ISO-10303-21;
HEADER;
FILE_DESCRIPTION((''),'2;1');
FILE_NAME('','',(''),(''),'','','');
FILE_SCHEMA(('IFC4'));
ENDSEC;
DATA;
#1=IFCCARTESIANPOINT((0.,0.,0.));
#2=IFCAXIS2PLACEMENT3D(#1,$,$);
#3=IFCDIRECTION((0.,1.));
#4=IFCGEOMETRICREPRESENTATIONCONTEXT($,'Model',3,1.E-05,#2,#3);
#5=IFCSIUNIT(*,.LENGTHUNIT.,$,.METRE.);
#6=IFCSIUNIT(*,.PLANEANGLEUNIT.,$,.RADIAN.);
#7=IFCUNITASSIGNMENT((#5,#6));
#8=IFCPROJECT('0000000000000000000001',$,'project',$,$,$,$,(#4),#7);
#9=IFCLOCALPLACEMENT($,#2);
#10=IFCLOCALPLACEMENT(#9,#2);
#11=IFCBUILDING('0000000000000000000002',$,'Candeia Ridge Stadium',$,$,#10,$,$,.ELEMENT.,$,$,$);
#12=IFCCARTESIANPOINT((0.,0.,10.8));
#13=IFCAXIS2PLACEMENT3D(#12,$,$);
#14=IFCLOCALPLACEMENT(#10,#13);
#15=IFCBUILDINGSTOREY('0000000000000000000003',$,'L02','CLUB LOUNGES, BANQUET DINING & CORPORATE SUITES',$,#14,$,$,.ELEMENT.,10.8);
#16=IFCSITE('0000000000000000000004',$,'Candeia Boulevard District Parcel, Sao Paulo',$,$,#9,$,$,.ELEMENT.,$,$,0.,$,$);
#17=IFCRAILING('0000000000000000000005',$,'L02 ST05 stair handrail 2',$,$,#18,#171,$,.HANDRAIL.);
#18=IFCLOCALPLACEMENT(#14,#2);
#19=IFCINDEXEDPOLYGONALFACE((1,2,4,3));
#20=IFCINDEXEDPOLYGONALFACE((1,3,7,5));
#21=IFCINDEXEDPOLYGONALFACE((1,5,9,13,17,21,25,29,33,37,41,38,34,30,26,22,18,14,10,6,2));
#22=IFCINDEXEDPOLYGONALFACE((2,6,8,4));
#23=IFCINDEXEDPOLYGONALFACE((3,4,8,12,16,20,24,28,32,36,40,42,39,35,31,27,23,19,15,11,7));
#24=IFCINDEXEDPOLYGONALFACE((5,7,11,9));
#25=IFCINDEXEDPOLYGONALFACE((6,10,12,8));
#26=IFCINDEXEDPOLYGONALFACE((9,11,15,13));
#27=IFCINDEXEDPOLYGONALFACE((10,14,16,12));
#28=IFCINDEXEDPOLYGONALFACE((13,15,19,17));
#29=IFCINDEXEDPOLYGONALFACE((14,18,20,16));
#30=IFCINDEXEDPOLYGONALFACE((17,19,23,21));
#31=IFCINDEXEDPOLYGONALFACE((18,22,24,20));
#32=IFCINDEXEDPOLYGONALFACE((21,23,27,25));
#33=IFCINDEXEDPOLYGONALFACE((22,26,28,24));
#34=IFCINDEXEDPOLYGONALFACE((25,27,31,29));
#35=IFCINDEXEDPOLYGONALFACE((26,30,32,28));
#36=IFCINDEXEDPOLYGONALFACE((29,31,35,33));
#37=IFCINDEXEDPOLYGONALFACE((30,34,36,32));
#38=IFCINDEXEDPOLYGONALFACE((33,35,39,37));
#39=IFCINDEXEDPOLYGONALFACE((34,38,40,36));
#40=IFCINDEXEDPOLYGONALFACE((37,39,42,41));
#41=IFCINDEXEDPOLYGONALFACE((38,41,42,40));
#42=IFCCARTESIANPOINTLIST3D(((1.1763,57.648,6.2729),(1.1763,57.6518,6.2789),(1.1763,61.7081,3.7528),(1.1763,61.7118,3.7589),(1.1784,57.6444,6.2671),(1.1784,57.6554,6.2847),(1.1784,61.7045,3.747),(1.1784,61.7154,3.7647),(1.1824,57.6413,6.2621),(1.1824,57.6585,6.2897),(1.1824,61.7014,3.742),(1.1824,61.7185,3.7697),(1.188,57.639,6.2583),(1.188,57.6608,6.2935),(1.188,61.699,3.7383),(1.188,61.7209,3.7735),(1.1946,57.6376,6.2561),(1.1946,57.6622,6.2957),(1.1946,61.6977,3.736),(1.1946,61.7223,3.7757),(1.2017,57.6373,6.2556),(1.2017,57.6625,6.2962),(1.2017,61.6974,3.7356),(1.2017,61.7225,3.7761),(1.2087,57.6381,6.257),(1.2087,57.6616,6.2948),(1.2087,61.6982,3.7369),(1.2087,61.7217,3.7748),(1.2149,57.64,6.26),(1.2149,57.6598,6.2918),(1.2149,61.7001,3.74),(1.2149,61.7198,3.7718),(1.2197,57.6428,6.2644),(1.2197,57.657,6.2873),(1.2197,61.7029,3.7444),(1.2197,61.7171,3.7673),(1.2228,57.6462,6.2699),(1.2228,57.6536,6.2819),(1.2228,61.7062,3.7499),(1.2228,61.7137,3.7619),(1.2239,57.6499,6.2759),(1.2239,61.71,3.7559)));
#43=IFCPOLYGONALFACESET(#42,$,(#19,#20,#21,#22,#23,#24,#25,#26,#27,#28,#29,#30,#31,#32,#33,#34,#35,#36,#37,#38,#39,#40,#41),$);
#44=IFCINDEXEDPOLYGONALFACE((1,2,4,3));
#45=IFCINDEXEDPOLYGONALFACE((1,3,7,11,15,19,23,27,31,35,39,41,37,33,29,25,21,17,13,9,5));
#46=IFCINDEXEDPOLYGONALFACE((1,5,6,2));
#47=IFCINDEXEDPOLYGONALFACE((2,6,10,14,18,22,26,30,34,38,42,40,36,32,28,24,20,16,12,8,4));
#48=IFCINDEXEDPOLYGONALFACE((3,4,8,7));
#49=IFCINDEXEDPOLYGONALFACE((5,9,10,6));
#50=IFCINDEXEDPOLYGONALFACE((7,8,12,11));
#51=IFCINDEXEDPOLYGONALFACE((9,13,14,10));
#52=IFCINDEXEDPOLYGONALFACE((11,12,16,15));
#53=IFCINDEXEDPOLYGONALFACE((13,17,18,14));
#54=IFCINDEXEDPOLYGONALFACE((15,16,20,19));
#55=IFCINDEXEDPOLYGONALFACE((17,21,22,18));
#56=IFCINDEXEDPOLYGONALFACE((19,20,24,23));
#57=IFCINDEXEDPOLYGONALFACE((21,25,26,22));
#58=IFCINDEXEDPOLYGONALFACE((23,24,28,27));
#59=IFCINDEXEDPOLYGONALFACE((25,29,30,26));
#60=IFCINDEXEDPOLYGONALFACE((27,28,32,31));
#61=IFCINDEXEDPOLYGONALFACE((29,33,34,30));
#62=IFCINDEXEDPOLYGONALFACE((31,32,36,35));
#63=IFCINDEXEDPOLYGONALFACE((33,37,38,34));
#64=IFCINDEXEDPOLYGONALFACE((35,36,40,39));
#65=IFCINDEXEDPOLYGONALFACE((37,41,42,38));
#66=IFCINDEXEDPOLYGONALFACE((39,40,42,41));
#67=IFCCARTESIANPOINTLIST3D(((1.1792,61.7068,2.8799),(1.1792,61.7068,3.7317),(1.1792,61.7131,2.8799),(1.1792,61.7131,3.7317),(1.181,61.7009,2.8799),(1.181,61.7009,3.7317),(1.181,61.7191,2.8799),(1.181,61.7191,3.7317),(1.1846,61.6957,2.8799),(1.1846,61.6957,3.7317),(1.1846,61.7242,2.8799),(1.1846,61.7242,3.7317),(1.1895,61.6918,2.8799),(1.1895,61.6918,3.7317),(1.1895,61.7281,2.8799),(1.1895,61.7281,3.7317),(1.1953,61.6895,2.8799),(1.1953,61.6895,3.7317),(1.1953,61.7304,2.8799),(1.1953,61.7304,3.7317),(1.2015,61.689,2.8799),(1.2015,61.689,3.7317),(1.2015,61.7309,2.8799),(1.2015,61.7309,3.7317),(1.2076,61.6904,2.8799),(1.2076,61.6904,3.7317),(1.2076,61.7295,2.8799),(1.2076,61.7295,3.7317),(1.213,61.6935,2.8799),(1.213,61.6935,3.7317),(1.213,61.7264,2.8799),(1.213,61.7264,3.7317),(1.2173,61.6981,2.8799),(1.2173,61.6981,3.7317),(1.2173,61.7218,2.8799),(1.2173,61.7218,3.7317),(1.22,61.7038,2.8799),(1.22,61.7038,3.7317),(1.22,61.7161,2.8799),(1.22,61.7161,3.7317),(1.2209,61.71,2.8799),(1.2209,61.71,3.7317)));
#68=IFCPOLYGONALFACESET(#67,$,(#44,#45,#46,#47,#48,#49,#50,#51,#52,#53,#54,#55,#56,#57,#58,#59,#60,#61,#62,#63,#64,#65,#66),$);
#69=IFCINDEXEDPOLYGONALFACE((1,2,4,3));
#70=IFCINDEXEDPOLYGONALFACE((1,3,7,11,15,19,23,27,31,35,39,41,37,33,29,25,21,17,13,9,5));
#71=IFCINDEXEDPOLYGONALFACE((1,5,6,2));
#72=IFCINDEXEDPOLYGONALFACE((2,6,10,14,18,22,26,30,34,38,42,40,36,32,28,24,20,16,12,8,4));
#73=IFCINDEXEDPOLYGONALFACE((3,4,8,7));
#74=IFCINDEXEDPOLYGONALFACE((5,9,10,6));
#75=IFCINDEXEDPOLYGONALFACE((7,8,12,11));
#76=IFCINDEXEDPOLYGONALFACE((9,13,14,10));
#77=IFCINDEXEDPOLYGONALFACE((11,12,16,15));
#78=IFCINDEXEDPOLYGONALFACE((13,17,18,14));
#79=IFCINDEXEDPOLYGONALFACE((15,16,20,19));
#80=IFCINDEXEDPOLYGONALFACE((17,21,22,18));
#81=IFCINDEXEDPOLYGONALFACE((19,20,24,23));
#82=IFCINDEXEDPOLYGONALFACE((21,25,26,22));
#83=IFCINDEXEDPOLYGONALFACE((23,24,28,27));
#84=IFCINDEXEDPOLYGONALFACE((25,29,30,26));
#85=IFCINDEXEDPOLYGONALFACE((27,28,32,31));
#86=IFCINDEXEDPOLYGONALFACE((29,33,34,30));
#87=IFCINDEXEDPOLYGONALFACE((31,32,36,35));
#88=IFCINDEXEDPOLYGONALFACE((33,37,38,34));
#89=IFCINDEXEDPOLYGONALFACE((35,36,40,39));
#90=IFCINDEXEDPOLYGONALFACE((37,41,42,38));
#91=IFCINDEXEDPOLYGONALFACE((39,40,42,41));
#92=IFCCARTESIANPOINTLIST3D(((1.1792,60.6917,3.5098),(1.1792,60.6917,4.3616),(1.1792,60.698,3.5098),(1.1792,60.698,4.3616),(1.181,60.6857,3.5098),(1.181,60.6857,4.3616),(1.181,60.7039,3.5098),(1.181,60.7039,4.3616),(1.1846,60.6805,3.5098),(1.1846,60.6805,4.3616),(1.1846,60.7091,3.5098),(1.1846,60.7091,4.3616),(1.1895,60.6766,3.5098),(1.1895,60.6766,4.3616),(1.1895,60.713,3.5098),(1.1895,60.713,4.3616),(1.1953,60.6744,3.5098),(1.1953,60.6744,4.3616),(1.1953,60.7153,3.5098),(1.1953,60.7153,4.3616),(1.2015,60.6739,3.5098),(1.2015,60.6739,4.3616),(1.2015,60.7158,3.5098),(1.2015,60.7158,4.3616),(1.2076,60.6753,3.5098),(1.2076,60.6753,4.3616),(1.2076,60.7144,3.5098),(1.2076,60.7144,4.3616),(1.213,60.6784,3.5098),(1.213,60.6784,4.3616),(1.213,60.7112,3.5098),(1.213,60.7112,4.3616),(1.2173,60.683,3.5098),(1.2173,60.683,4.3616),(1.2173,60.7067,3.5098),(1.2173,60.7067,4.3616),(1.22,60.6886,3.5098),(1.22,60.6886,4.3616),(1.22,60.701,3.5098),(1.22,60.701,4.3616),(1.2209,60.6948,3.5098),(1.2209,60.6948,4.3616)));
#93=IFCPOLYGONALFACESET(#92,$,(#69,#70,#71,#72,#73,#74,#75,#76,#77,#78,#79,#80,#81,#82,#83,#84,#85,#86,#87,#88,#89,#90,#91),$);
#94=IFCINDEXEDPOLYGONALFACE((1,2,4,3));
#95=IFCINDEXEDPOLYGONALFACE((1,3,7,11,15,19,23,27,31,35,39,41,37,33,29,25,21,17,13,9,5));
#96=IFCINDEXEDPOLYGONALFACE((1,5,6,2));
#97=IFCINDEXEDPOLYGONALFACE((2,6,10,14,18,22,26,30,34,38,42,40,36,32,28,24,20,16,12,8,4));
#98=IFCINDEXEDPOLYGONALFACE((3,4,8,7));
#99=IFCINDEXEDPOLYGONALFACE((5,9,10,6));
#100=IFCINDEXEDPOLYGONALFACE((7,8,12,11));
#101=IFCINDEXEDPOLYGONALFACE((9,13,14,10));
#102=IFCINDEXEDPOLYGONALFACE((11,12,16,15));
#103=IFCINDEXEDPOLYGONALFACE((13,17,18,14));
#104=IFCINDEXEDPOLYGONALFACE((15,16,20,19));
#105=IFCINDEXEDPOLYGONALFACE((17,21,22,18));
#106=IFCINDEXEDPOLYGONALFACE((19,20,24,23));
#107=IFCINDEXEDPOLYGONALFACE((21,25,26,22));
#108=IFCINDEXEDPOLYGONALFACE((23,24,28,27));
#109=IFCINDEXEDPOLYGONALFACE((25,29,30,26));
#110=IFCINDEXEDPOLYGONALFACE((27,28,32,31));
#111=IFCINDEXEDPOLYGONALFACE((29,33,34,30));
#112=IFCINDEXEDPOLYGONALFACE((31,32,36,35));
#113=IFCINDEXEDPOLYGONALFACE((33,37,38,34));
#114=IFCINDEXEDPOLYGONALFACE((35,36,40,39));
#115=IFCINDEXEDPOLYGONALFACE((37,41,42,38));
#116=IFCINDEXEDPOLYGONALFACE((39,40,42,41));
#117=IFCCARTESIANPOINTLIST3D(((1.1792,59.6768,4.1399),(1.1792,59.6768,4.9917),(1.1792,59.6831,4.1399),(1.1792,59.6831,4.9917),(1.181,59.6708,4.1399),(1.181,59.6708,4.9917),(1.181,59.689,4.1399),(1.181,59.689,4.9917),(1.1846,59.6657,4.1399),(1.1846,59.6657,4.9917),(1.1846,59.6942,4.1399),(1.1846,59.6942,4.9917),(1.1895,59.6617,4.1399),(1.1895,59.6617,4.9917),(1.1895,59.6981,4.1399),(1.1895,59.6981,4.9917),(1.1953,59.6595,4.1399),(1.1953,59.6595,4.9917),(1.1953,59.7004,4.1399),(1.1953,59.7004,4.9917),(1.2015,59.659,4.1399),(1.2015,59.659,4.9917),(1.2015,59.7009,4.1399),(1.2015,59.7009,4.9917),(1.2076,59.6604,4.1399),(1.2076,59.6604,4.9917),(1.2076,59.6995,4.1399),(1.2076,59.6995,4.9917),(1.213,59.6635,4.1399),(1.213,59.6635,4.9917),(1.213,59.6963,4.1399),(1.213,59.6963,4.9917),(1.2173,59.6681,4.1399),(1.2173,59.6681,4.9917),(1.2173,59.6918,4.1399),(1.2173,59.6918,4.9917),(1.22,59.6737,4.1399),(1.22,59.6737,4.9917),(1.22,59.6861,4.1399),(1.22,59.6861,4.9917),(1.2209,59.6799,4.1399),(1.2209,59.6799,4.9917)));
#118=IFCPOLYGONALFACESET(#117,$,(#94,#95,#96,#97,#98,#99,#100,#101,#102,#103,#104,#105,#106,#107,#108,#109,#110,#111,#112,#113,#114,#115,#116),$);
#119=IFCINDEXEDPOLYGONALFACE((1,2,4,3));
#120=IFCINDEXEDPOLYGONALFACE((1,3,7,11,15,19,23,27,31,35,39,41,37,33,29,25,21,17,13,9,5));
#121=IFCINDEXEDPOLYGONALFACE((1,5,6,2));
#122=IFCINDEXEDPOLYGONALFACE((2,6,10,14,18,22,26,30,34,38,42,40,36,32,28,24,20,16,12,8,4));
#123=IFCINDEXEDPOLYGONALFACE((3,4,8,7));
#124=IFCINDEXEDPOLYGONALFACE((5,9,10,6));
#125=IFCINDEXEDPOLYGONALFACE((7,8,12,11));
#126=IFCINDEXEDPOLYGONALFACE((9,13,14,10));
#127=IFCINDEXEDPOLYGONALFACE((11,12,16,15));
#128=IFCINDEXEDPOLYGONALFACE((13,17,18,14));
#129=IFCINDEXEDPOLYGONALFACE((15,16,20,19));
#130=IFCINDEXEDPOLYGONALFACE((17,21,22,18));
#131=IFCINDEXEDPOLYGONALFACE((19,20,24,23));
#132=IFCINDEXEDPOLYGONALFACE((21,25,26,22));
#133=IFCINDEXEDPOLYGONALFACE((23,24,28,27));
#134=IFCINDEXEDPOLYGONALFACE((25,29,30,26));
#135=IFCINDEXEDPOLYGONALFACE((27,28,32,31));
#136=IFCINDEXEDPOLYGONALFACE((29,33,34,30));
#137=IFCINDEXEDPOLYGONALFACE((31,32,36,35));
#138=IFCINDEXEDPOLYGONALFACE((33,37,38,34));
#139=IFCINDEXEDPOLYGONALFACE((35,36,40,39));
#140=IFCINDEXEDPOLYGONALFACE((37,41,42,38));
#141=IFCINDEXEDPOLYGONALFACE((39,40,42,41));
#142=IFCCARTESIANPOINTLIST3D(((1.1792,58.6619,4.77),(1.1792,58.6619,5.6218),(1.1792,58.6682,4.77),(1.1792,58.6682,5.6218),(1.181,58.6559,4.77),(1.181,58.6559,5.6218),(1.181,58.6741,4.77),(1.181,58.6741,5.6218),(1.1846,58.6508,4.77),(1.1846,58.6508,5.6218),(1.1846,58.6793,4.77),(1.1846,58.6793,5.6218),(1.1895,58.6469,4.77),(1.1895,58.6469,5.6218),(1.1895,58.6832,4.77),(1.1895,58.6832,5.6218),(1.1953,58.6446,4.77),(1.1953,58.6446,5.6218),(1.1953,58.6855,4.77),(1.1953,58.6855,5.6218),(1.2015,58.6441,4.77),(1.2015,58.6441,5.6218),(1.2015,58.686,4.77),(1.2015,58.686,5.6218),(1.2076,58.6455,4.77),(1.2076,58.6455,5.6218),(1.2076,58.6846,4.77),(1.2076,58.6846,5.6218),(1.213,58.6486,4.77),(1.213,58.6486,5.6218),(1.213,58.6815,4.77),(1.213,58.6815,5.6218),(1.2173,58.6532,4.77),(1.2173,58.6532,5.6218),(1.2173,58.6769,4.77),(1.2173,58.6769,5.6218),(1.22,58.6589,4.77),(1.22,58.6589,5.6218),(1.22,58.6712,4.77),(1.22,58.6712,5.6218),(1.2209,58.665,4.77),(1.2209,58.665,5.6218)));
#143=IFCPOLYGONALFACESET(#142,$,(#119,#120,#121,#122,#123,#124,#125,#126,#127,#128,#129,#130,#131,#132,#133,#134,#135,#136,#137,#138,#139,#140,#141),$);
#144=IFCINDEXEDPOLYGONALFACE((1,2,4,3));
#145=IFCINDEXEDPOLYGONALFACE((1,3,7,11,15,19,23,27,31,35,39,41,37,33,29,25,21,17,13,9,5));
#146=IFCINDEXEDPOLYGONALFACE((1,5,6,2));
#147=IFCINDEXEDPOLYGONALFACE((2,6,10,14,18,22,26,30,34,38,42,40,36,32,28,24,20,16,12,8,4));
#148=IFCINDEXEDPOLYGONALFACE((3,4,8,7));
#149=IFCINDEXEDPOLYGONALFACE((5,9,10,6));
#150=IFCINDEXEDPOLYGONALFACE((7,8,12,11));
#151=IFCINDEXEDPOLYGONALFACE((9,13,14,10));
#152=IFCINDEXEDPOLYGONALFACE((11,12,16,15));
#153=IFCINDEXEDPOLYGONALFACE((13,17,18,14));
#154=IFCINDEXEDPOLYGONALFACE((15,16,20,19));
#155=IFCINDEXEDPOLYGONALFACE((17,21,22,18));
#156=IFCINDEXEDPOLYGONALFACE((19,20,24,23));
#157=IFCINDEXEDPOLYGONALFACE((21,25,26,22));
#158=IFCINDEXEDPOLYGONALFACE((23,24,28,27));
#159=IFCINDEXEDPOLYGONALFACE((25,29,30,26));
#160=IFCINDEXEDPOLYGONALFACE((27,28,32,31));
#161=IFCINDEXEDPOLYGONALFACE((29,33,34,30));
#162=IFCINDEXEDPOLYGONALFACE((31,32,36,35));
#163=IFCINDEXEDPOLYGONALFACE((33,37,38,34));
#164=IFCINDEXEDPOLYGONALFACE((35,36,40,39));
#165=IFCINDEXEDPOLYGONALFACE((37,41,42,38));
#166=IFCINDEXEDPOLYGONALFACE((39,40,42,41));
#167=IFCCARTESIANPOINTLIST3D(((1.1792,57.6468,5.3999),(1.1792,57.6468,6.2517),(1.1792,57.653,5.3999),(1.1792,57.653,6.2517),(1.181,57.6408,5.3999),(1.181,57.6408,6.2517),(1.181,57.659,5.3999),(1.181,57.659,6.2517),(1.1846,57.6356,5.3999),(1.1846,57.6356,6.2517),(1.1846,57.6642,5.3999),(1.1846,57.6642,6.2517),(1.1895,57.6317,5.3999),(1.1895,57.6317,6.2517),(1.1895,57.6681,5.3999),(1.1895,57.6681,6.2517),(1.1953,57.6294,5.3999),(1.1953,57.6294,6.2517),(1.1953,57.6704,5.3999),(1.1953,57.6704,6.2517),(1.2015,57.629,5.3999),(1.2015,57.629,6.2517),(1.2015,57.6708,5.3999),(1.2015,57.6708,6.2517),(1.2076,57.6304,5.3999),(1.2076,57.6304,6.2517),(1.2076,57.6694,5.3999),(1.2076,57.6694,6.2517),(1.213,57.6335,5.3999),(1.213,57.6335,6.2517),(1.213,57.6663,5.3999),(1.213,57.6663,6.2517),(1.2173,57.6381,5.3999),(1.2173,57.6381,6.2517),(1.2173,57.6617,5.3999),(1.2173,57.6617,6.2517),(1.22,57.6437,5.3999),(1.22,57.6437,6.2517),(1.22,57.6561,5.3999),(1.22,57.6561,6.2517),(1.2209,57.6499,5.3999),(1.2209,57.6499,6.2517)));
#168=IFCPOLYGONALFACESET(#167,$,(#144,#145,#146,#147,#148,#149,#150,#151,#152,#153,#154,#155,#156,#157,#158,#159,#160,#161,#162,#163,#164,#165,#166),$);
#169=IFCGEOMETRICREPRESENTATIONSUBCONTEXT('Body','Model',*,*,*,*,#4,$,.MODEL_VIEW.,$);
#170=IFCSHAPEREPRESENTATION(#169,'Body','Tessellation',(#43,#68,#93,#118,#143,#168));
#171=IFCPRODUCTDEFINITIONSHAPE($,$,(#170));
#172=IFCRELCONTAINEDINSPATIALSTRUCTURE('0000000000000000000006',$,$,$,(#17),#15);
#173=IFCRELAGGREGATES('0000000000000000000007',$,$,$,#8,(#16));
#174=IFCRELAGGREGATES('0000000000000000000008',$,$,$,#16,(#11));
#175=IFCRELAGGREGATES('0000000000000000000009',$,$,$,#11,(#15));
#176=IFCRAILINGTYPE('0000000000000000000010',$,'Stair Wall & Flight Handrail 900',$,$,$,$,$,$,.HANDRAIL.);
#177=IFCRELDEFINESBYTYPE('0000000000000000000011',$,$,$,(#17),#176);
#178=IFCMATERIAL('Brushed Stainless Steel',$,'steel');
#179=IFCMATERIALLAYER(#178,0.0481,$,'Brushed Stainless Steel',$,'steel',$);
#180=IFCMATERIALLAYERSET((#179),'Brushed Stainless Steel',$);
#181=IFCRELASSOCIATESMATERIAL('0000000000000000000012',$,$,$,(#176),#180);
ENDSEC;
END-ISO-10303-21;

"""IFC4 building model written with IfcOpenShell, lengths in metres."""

from ifc_helpers import new_model, si_unit, direction, frame, origin, origin_2d, place, context, subcontext, project, spatial, circle, extrude, material, layer, layer_set, type_object, element, save


model = new_model("IFC4")

# Units and contexts
model_context = context("Model", 3, precision=1e-05, world=origin(), true_north=direction((0.0, 1.0)))
body_context = subcontext(model_context, "Body", "Model", "MODEL_VIEW")
ifc_project = project(units=[si_unit("LENGTHUNIT", "METRE"), si_unit("PLANEANGLEUNIT", "RADIAN")], contexts=[model_context])

# Site, building, storey
site_placement = place(None, origin())
site = spatial("IfcSite", under=ifc_project, at=site_placement, Name="Candeia Boulevard District Parcel, Sao Paulo", CompositionType="ELEMENT", RefElevation=0.0)
building_placement = place(site_placement, origin())
building = spatial("IfcBuilding", under=site, at=building_placement, Name="Candeia Ridge Stadium", CompositionType="ELEMENT")
storey_placement = place(building_placement, frame((0.0, 0.0, 10.8)))
storey = spatial("IfcBuildingStorey", under=building, at=storey_placement, Name="L02", Description="CLUB LOUNGES, BANQUET DINING & CORPORATE SUITES", CompositionType="ELEMENT", Elevation=10.8)

# Railing
ifc_material_1 = material(Name="Brushed Stainless Steel", Category="steel")
ifc_layer_1 = layer(ifc_material_1, 0.0481, Name="Brushed Stainless Steel", Category="steel")
ifc_layer_set_1 = layer_set([ifc_layer_1], Name="Brushed Stainless Steel")
railing_type_1 = type_object("IfcRailingType", Name="Stair Wall & Flight Handrail 900", PredefinedType="HANDRAIL", material=ifc_layer_set_1)
railing_1_placement = place(storey_placement, frame((1.2, 61.71, 2.8799)))
element("IfcRailing", 1, at=railing_1_placement, inside=storey, type_object=railing_type_1, Name="L02 ST05 stair handrail 2", PredefinedType="HANDRAIL", context=body_context, shape_type="SweptSolid", body=[
    extrude(circle(Radius=0.0239, at=origin_2d()), frame((0.0, 0.0, 0.876), z_axis=(0.0, -0.849642, 0.52736), x_axis=(1.0, 0.0, 0.0)), (0.0, 0.0, 1.0), 4.7786),
    extrude(circle(Radius=0.021, at=origin_2d()), origin(), (0.0, 0.0, 1.0), 0.8518),
    extrude(circle(Radius=0.021, at=origin_2d()), frame((0.0, -1.0151, 0.6299)), (0.0, 0.0, 1.0), 0.8518),
    extrude(circle(Radius=0.021, at=origin_2d()), frame((0.0, -2.03, 1.26)), (0.0, 0.0, 1.0), 0.8518),
    extrude(circle(Radius=0.021, at=origin_2d()), frame((0.0, -3.0449, 1.8901)), (0.0, 0.0, 1.0), 0.8518),
    extrude(circle(Radius=0.021, at=origin_2d()), frame((0.0, -4.0601, 2.52)), (0.0, 0.0, 1.0), 0.8518),
])

save(model, "model.ifc")
